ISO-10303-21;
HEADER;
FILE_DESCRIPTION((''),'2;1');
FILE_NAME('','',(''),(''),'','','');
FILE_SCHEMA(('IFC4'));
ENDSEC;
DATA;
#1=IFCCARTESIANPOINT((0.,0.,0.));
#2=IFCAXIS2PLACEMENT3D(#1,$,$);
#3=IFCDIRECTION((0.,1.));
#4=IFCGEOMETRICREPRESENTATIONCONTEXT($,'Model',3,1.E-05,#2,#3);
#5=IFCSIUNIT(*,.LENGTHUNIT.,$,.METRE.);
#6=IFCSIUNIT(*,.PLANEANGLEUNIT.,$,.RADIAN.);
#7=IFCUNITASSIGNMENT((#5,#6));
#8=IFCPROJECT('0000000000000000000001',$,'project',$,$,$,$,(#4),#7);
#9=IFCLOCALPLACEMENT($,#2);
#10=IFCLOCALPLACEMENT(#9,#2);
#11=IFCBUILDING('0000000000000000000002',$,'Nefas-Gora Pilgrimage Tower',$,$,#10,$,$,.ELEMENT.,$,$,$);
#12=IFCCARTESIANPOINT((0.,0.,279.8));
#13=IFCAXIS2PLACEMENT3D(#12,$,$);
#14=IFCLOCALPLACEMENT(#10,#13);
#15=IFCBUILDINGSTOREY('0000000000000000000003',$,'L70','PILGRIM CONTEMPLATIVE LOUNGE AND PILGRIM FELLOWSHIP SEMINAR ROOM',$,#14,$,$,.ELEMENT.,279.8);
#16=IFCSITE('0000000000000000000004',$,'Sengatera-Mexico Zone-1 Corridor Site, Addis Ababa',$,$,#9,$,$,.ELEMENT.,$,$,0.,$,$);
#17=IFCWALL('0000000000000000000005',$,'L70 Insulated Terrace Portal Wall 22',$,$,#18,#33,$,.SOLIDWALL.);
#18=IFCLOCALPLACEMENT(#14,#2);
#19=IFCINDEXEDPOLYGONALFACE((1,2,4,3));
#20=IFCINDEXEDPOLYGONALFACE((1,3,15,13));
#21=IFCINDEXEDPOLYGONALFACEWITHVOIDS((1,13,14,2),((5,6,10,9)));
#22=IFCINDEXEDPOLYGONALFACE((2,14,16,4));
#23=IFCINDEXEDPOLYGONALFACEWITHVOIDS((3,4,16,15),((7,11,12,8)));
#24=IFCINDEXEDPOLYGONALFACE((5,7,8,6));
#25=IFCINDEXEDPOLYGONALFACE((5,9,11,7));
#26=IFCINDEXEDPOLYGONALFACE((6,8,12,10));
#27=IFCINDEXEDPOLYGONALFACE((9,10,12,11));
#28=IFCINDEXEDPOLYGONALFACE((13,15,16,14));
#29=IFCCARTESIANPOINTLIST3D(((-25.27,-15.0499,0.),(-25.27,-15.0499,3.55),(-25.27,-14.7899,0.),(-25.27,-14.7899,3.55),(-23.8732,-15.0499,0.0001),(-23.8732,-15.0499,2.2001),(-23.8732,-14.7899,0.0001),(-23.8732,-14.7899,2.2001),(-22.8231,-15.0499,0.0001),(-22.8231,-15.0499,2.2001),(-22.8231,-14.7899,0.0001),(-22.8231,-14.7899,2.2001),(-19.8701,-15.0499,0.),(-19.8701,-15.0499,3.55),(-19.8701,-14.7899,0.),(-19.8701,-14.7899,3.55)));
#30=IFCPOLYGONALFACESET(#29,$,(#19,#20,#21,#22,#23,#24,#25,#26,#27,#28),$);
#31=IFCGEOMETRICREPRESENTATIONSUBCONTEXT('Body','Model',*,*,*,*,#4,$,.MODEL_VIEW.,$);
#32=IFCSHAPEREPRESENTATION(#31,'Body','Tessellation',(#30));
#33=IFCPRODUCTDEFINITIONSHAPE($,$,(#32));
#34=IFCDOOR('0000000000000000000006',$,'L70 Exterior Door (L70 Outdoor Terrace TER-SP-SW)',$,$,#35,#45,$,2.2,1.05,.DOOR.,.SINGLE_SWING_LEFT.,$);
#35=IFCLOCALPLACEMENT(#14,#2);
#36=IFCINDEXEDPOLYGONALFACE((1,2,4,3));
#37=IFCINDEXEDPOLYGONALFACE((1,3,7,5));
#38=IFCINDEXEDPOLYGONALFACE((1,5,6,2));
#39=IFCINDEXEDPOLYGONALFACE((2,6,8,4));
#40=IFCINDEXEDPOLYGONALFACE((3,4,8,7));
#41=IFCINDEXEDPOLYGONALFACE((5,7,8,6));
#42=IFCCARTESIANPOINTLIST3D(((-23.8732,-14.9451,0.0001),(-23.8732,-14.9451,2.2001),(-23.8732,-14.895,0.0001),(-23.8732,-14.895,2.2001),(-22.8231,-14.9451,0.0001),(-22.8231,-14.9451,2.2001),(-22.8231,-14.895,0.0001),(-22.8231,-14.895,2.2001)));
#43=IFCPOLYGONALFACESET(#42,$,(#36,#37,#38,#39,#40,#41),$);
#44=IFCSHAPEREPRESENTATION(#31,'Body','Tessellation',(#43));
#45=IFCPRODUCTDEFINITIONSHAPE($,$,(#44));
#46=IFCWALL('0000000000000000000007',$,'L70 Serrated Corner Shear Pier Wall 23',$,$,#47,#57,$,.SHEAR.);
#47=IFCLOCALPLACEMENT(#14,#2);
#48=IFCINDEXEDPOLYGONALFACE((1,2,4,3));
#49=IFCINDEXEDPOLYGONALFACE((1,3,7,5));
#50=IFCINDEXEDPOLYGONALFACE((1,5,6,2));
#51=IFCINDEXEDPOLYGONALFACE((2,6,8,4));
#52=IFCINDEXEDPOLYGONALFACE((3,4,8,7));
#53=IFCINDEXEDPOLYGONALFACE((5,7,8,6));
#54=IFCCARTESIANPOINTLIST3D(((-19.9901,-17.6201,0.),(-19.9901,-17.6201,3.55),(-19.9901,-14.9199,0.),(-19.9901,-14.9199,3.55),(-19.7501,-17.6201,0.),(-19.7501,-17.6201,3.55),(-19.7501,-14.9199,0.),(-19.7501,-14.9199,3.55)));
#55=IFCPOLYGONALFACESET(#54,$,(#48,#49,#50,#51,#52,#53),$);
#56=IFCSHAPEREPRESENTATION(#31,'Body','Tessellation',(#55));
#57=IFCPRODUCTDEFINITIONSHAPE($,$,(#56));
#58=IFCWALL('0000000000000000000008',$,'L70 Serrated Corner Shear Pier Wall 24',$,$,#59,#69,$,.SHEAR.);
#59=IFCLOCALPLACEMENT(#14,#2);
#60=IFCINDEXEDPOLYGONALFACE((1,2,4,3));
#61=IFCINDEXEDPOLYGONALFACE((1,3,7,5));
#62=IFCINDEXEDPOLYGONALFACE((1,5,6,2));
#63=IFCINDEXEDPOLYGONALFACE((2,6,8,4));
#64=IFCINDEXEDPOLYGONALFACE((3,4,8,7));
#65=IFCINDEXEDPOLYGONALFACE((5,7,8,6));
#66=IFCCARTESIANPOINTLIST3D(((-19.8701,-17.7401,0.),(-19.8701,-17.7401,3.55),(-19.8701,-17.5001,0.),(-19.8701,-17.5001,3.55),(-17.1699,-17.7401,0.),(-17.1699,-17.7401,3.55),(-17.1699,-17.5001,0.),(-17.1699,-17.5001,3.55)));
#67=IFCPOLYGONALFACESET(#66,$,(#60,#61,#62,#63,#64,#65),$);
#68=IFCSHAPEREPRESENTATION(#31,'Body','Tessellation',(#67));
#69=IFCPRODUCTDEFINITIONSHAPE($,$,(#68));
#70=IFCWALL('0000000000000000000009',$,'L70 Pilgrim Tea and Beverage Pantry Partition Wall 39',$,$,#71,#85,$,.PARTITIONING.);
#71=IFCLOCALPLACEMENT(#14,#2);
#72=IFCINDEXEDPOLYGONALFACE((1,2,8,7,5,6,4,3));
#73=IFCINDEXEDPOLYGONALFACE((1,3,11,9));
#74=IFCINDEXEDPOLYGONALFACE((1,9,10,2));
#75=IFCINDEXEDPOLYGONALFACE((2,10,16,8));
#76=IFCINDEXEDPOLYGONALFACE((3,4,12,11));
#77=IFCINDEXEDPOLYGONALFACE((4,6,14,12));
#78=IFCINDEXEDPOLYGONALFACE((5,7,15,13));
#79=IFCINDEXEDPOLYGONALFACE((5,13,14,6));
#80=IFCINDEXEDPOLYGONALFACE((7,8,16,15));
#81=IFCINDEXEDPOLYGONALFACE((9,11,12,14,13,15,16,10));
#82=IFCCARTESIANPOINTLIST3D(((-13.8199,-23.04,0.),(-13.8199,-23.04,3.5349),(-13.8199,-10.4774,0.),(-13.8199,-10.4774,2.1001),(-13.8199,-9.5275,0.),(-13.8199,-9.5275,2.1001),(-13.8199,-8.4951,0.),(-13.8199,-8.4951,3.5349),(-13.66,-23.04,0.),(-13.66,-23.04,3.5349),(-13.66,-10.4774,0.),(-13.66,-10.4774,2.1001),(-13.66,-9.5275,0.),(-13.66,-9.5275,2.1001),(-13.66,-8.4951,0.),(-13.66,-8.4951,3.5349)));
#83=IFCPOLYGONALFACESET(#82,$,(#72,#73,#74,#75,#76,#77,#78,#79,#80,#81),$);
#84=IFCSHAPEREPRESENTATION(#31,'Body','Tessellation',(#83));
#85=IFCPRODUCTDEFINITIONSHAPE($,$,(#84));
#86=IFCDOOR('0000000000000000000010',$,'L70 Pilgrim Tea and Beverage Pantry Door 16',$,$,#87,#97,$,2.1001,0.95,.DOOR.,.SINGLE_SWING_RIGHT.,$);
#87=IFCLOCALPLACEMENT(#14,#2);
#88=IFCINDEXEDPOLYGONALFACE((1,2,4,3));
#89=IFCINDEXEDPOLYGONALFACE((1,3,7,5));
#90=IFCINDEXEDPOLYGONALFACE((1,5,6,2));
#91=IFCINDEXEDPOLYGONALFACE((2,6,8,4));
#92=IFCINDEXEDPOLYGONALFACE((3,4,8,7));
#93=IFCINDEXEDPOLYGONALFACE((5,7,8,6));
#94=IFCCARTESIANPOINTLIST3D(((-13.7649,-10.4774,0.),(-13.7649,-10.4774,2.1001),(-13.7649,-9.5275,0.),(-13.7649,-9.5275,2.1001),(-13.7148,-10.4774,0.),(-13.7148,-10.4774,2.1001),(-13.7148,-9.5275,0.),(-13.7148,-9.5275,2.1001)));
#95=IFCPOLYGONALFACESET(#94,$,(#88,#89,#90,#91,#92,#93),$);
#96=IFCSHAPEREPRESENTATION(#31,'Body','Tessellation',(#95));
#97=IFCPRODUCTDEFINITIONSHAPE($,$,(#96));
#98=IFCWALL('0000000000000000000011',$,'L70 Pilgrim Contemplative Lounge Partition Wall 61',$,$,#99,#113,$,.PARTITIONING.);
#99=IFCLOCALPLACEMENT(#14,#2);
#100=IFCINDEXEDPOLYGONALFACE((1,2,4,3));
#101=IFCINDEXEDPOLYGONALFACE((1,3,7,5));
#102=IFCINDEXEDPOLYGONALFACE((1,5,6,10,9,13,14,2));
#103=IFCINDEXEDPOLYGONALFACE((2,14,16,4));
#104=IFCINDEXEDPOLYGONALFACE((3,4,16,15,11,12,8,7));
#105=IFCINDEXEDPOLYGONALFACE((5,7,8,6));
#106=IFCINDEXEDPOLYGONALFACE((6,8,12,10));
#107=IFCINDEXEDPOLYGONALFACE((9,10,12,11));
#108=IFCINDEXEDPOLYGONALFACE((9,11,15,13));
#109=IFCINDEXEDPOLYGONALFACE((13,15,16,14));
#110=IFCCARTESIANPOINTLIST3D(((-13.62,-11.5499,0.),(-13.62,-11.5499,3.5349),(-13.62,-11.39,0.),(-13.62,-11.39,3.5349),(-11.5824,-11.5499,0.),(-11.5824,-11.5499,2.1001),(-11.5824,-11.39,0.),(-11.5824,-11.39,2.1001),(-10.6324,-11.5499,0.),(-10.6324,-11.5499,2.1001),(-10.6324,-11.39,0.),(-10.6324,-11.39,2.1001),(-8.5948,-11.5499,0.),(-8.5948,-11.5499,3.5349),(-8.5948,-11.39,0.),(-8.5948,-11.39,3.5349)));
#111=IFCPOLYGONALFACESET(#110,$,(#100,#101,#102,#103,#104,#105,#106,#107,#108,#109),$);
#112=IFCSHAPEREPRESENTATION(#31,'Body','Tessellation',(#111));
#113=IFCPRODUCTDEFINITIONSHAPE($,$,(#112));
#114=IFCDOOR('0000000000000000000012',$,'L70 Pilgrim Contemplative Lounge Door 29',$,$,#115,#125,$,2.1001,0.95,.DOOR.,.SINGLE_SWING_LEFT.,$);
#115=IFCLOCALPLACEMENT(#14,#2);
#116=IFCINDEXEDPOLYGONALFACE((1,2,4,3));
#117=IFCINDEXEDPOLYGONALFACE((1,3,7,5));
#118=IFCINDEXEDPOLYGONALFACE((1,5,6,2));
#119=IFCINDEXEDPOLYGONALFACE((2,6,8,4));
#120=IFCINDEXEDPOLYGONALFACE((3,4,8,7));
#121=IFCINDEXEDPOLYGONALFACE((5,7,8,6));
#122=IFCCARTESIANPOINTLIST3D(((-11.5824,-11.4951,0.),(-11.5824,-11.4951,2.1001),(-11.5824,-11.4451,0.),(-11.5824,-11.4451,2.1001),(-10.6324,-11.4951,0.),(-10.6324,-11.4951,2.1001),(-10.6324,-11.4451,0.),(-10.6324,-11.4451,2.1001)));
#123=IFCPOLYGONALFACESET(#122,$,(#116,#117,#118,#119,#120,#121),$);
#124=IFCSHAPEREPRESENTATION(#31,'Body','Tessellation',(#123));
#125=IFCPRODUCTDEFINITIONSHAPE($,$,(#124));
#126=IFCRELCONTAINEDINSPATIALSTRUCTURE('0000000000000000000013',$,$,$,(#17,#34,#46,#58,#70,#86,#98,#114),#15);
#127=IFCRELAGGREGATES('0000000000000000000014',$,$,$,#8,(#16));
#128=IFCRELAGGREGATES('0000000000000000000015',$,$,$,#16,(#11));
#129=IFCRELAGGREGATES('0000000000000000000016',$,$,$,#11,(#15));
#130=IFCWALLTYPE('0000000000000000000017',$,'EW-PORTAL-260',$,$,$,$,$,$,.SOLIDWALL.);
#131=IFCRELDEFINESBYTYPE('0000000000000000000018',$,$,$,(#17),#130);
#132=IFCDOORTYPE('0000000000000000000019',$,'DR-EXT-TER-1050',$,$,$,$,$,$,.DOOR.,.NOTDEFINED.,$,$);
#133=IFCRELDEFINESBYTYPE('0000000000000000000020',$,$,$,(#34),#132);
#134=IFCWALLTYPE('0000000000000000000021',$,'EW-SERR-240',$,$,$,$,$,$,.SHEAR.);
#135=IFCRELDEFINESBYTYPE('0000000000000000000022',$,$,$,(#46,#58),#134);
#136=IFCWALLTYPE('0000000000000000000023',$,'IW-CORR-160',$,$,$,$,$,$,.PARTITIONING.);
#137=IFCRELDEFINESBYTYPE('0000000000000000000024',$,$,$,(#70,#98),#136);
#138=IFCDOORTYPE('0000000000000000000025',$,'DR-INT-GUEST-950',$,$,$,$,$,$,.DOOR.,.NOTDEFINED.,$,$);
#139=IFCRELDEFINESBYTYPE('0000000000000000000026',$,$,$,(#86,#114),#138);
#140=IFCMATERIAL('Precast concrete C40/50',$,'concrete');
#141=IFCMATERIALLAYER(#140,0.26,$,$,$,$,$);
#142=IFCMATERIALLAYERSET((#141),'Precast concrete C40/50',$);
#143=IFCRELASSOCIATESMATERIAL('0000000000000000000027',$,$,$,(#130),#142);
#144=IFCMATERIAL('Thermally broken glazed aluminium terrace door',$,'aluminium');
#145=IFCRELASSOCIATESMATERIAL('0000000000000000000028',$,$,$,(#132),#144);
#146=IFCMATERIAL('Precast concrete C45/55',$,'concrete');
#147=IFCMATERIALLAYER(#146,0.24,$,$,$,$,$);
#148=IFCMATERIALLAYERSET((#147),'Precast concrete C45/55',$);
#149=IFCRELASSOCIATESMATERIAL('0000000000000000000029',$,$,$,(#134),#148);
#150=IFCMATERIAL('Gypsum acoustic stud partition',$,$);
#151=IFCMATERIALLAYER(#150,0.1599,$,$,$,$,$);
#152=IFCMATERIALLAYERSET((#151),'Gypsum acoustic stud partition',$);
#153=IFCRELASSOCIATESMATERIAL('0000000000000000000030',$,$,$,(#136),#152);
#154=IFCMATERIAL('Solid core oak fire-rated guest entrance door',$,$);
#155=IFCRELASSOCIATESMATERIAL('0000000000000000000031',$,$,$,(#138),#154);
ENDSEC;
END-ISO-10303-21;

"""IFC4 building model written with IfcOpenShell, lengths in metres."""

from ifc_helpers import new_model, si_unit, direction, frame, frame_2d, origin, place, context, subcontext, project, spatial, rectangle, extrude, source, transform, mapped, material, layer, layer_set, type_object, element, fill, save


model = new_model("IFC4")

# Units and contexts
model_context = context("Model", 3, precision=1e-05, world=origin(), true_north=direction((0.0, 1.0)))
body_context = subcontext(model_context, "Body", "Model", "MODEL_VIEW")
ifc_project = project(units=[si_unit("LENGTHUNIT", "METRE"), si_unit("PLANEANGLEUNIT", "RADIAN")], contexts=[model_context])

# Site, building, storey
site_placement = place(None, origin())
site = spatial("IfcSite", under=ifc_project, at=site_placement, Name="Sengatera-Mexico Zone-1 Corridor Site, Addis Ababa", CompositionType="ELEMENT", RefElevation=0.0)
building_placement = place(site_placement, origin())
building = spatial("IfcBuilding", under=site, at=building_placement, Name="Nefas-Gora Pilgrimage Tower", CompositionType="ELEMENT")
storey_placement = place(building_placement, frame((0.0, 0.0, 279.8)))
storey = spatial("IfcBuildingStorey", under=building, at=storey_placement, Name="L70", Description="PILGRIM CONTEMPLATIVE LOUNGE AND PILGRIM FELLOWSHIP SEMINAR ROOM", CompositionType="ELEMENT", Elevation=279.8)

# Wall, opening, door
ifc_material_1 = material(Name="Precast concrete C40/50", Category="concrete")
ifc_layer_1 = layer(ifc_material_1, 0.26)
ifc_layer_set_1 = layer_set([ifc_layer_1], Name="Precast concrete C40/50")
wall_type_1 = type_object("IfcWallType", Name="EW-PORTAL-260", PredefinedType="SOLIDWALL", material=ifc_layer_set_1)
shared_shape_1 = source(origin(), body_context, "Body", "SweptSolid", [
    extrude(rectangle(XDim=5.3999, YDim=0.26, at=frame_2d((2.7, 0.0))), origin(), (0.0, 0.0, 1.0), 3.55),
])
wall_1_placement = place(storey_placement, frame((-25.27, -14.9199, 0.0), z_axis=(0.0, 0.0, 1.0), x_axis=(1.0, 0.0, 0.0)))
wall_1 = element("IfcWall", 1, at=wall_1_placement, inside=storey, type_object=wall_type_1, Name="L70 Insulated Terrace Portal Wall 22", PredefinedType="SOLIDWALL", context=body_context, shape_type="MappedRepresentation", body=[
    mapped(shared_shape_1, transform((0.0, 0.0, 0.0), x_axis=(1.0, 0.0, 0.0), y_axis=(0.0, 1.0, 0.0), z_axis=(0.0, 0.0, 1.0), scale=1.0)),
])
opening_1_placement = place(wall_1_placement, frame((1.397, 0.0, 0.0)))
opening_1 = element("IfcOpeningElement", 2, at=opening_1_placement, cuts=wall_1, PredefinedType="OPENING", context=body_context, shape_type="SweptSolid", body=[
    extrude(rectangle(XDim=1.05, YDim=2.2, at=frame_2d((0.5249, 1.1001))), frame((0.0, 0.1399, 0.0), z_axis=(0.0, -1.0, 0.0), x_axis=(1.0, 0.0, 0.0)), (0.0, 0.0, 1.0), 0.28),
])
ifc_material_2 = material(Name="Thermally broken glazed aluminium terrace door", Category="aluminium")
door_type_1 = type_object("IfcDoorType", Name="DR-EXT-TER-1050", OperationType="NOTDEFINED", PredefinedType="DOOR", material=ifc_material_2)
shared_shape_2 = source(origin(), body_context, "Body", "SweptSolid", [
    extrude(rectangle(XDim=1.05, YDim=2.2, at=frame_2d((0.5249, 1.1001))), frame((0.0, 0.0249, 0.0), z_axis=(0.0, -1.0, 0.0), x_axis=(1.0, 0.0, 0.0)), (0.0, 0.0, 1.0), 0.05),
])
door_1_placement = place(opening_1_placement, origin())
door_1 = element("IfcDoor", 3, at=door_1_placement, inside=storey, type_object=door_type_1, Name="L70 Exterior Door (L70 Outdoor Terrace TER-SP-SW)", OperationType="SINGLE_SWING_LEFT", OverallHeight=2.2, OverallWidth=1.05, PredefinedType="DOOR", context=body_context, shape_type="MappedRepresentation", body=[
    mapped(shared_shape_2, transform((0.0, 0.0, 0.0), x_axis=(1.0, 0.0, 0.0), y_axis=(0.0, 1.0, 0.0), z_axis=(0.0, 0.0, 1.0), scale=1.0)),
])
fill(opening_1, door_1)

# Walls
ifc_material_3 = material(Name="Precast concrete C45/55", Category="concrete")
ifc_layer_2 = layer(ifc_material_3, 0.24)
ifc_layer_set_2 = layer_set([ifc_layer_2], Name="Precast concrete C45/55")
wall_type_2 = type_object("IfcWallType", Name="EW-SERR-240", PredefinedType="SHEAR", material=ifc_layer_set_2)
shared_shape_3 = source(origin(), body_context, "Body", "SweptSolid", [
    extrude(rectangle(XDim=2.7002, YDim=0.24, at=frame_2d((1.3501, 0.0))), origin(), (0.0, 0.0, 1.0), 3.55),
])
for number, where, z_axis, x_axis, name in (
    (4, (-19.8701, -14.9199, 0.0), (0.0, 0.0, 1.0), (0.0, -1.0, 0.0), "L70 Serrated Corner Shear Pier Wall 23"),
    (5, (-19.8701, -17.6201, 0.0), (0.0, 0.0, 1.0), (1.0, 0.0, 0.0), "L70 Serrated Corner Shear Pier Wall 24"),
):
    element("IfcWall", number, at=place(storey_placement, frame(where, z_axis=z_axis, x_axis=x_axis)), inside=storey, type_object=wall_type_2, Name=name, PredefinedType="SHEAR", context=body_context, shape_type="MappedRepresentation", body=[
        mapped(shared_shape_3, transform((0.0, 0.0, 0.0), x_axis=(1.0, 0.0, 0.0), y_axis=(0.0, 1.0, 0.0), z_axis=(0.0, 0.0, 1.0), scale=1.0)),
    ])

# Walls, openings, doors
ifc_material_4 = material(Name="Gypsum acoustic stud partition")
ifc_layer_3 = layer(ifc_material_4, 0.1599)
ifc_layer_set_3 = layer_set([ifc_layer_3], Name="Gypsum acoustic stud partition")
wall_type_3 = type_object("IfcWallType", Name="IW-CORR-160", PredefinedType="PARTITIONING", material=ifc_layer_set_3)
shared_shape_4 = source(origin(), body_context, "Body", "SweptSolid", [
    extrude(rectangle(XDim=14.5449, YDim=0.1599, at=frame_2d((7.2725, 0.0))), origin(), (0.0, 0.0, 1.0), 3.5349),
])
wall_2_placement = place(storey_placement, frame((-13.74, -23.04, 0.0), z_axis=(0.0, 0.0, 1.0), x_axis=(0.0, 1.0, 0.0)))
wall_2 = element("IfcWall", 6, at=wall_2_placement, inside=storey, type_object=wall_type_3, Name="L70 Pilgrim Tea and Beverage Pantry Partition Wall 39", PredefinedType="PARTITIONING", context=body_context, shape_type="MappedRepresentation", body=[
    mapped(shared_shape_4, transform((0.0, 0.0, 0.0), x_axis=(1.0, 0.0, 0.0), y_axis=(0.0, 1.0, 0.0), z_axis=(0.0, 0.0, 1.0), scale=1.0)),
])
opening_2_placement = place(wall_2_placement, frame((12.5625, 0.0, 0.0)))
opening_2 = element("IfcOpeningElement", 7, at=opening_2_placement, cuts=wall_2, PredefinedType="OPENING", context=body_context, shape_type="SweptSolid", body=[
    extrude(rectangle(XDim=0.95, YDim=2.1001, at=frame_2d((0.4751, 1.05))), frame((0.0, 0.0898, 0.0), z_axis=(0.0, -1.0, 0.0), x_axis=(1.0, 0.0, 0.0)), (0.0, 0.0, 1.0), 0.1799),
])
ifc_material_5 = material(Name="Solid core oak fire-rated guest entrance door")
door_type_2 = type_object("IfcDoorType", Name="DR-INT-GUEST-950", OperationType="NOTDEFINED", PredefinedType="DOOR", material=ifc_material_5)
shared_shape_5 = source(origin(), body_context, "Body", "SweptSolid", [
    extrude(rectangle(XDim=0.95, YDim=2.1001, at=frame_2d((0.4751, 1.05))), frame((0.0, 0.0249, 0.0), z_axis=(0.0, -1.0, 0.0), x_axis=(1.0, 0.0, 0.0)), (0.0, 0.0, 1.0), 0.05),
])
door_2_placement = place(opening_2_placement, origin())
door_2 = element("IfcDoor", 8, at=door_2_placement, inside=storey, type_object=door_type_2, Name="L70 Pilgrim Tea and Beverage Pantry Door 16", OperationType="SINGLE_SWING_RIGHT", OverallHeight=2.1001, OverallWidth=0.95, PredefinedType="DOOR", context=body_context, shape_type="MappedRepresentation", body=[
    mapped(shared_shape_5, transform((0.0, 0.0, 0.0), x_axis=(1.0, 0.0, 0.0), y_axis=(0.0, 1.0, 0.0), z_axis=(0.0, 0.0, 1.0), scale=1.0)),
])
fill(opening_2, door_2)
shared_shape_6 = source(origin(), body_context, "Body", "SweptSolid", [
    extrude(rectangle(XDim=5.0251, YDim=0.1599, at=frame_2d((2.5127, 0.0))), origin(), (0.0, 0.0, 1.0), 3.5349),
])
wall_3_placement = place(storey_placement, frame((-13.6201, -11.47, 0.0), z_axis=(0.0, 0.0, 1.0), x_axis=(1.0, 0.0, 0.0)))
wall_3 = element("IfcWall", 9, at=wall_3_placement, inside=storey, type_object=wall_type_3, Name="L70 Pilgrim Contemplative Lounge Partition Wall 61", PredefinedType="PARTITIONING", context=body_context, shape_type="MappedRepresentation", body=[
    mapped(shared_shape_6, transform((0.0, 0.0, 0.0), x_axis=(1.0, 0.0, 0.0), y_axis=(0.0, 1.0, 0.0), z_axis=(0.0, 0.0, 1.0), scale=1.0)),
])
opening_3_placement = place(wall_3_placement, frame((2.0376, 0.0, 0.0)))
opening_3 = element("IfcOpeningElement", 10, at=opening_3_placement, cuts=wall_3, PredefinedType="OPENING", context=body_context, shape_type="SweptSolid", body=[
    extrude(rectangle(XDim=0.95, YDim=2.1001, at=frame_2d((0.4751, 1.05))), frame((0.0, 0.0898, 0.0), z_axis=(0.0, -1.0, 0.0), x_axis=(1.0, 0.0, 0.0)), (0.0, 0.0, 1.0), 0.1799),
])
door_3_placement = place(opening_3_placement, origin())
door_3 = element("IfcDoor", 11, at=door_3_placement, inside=storey, type_object=door_type_2, Name="L70 Pilgrim Contemplative Lounge Door 29", OperationType="SINGLE_SWING_LEFT", OverallHeight=2.1001, OverallWidth=0.95, PredefinedType="DOOR", context=body_context, shape_type="MappedRepresentation", body=[
    mapped(shared_shape_5, transform((0.0, 0.0, 0.0), x_axis=(1.0, 0.0, 0.0), y_axis=(0.0, 1.0, 0.0), z_axis=(0.0, 0.0, 1.0), scale=1.0)),
])
fill(opening_3, door_3)

save(model, "model.ifc")
